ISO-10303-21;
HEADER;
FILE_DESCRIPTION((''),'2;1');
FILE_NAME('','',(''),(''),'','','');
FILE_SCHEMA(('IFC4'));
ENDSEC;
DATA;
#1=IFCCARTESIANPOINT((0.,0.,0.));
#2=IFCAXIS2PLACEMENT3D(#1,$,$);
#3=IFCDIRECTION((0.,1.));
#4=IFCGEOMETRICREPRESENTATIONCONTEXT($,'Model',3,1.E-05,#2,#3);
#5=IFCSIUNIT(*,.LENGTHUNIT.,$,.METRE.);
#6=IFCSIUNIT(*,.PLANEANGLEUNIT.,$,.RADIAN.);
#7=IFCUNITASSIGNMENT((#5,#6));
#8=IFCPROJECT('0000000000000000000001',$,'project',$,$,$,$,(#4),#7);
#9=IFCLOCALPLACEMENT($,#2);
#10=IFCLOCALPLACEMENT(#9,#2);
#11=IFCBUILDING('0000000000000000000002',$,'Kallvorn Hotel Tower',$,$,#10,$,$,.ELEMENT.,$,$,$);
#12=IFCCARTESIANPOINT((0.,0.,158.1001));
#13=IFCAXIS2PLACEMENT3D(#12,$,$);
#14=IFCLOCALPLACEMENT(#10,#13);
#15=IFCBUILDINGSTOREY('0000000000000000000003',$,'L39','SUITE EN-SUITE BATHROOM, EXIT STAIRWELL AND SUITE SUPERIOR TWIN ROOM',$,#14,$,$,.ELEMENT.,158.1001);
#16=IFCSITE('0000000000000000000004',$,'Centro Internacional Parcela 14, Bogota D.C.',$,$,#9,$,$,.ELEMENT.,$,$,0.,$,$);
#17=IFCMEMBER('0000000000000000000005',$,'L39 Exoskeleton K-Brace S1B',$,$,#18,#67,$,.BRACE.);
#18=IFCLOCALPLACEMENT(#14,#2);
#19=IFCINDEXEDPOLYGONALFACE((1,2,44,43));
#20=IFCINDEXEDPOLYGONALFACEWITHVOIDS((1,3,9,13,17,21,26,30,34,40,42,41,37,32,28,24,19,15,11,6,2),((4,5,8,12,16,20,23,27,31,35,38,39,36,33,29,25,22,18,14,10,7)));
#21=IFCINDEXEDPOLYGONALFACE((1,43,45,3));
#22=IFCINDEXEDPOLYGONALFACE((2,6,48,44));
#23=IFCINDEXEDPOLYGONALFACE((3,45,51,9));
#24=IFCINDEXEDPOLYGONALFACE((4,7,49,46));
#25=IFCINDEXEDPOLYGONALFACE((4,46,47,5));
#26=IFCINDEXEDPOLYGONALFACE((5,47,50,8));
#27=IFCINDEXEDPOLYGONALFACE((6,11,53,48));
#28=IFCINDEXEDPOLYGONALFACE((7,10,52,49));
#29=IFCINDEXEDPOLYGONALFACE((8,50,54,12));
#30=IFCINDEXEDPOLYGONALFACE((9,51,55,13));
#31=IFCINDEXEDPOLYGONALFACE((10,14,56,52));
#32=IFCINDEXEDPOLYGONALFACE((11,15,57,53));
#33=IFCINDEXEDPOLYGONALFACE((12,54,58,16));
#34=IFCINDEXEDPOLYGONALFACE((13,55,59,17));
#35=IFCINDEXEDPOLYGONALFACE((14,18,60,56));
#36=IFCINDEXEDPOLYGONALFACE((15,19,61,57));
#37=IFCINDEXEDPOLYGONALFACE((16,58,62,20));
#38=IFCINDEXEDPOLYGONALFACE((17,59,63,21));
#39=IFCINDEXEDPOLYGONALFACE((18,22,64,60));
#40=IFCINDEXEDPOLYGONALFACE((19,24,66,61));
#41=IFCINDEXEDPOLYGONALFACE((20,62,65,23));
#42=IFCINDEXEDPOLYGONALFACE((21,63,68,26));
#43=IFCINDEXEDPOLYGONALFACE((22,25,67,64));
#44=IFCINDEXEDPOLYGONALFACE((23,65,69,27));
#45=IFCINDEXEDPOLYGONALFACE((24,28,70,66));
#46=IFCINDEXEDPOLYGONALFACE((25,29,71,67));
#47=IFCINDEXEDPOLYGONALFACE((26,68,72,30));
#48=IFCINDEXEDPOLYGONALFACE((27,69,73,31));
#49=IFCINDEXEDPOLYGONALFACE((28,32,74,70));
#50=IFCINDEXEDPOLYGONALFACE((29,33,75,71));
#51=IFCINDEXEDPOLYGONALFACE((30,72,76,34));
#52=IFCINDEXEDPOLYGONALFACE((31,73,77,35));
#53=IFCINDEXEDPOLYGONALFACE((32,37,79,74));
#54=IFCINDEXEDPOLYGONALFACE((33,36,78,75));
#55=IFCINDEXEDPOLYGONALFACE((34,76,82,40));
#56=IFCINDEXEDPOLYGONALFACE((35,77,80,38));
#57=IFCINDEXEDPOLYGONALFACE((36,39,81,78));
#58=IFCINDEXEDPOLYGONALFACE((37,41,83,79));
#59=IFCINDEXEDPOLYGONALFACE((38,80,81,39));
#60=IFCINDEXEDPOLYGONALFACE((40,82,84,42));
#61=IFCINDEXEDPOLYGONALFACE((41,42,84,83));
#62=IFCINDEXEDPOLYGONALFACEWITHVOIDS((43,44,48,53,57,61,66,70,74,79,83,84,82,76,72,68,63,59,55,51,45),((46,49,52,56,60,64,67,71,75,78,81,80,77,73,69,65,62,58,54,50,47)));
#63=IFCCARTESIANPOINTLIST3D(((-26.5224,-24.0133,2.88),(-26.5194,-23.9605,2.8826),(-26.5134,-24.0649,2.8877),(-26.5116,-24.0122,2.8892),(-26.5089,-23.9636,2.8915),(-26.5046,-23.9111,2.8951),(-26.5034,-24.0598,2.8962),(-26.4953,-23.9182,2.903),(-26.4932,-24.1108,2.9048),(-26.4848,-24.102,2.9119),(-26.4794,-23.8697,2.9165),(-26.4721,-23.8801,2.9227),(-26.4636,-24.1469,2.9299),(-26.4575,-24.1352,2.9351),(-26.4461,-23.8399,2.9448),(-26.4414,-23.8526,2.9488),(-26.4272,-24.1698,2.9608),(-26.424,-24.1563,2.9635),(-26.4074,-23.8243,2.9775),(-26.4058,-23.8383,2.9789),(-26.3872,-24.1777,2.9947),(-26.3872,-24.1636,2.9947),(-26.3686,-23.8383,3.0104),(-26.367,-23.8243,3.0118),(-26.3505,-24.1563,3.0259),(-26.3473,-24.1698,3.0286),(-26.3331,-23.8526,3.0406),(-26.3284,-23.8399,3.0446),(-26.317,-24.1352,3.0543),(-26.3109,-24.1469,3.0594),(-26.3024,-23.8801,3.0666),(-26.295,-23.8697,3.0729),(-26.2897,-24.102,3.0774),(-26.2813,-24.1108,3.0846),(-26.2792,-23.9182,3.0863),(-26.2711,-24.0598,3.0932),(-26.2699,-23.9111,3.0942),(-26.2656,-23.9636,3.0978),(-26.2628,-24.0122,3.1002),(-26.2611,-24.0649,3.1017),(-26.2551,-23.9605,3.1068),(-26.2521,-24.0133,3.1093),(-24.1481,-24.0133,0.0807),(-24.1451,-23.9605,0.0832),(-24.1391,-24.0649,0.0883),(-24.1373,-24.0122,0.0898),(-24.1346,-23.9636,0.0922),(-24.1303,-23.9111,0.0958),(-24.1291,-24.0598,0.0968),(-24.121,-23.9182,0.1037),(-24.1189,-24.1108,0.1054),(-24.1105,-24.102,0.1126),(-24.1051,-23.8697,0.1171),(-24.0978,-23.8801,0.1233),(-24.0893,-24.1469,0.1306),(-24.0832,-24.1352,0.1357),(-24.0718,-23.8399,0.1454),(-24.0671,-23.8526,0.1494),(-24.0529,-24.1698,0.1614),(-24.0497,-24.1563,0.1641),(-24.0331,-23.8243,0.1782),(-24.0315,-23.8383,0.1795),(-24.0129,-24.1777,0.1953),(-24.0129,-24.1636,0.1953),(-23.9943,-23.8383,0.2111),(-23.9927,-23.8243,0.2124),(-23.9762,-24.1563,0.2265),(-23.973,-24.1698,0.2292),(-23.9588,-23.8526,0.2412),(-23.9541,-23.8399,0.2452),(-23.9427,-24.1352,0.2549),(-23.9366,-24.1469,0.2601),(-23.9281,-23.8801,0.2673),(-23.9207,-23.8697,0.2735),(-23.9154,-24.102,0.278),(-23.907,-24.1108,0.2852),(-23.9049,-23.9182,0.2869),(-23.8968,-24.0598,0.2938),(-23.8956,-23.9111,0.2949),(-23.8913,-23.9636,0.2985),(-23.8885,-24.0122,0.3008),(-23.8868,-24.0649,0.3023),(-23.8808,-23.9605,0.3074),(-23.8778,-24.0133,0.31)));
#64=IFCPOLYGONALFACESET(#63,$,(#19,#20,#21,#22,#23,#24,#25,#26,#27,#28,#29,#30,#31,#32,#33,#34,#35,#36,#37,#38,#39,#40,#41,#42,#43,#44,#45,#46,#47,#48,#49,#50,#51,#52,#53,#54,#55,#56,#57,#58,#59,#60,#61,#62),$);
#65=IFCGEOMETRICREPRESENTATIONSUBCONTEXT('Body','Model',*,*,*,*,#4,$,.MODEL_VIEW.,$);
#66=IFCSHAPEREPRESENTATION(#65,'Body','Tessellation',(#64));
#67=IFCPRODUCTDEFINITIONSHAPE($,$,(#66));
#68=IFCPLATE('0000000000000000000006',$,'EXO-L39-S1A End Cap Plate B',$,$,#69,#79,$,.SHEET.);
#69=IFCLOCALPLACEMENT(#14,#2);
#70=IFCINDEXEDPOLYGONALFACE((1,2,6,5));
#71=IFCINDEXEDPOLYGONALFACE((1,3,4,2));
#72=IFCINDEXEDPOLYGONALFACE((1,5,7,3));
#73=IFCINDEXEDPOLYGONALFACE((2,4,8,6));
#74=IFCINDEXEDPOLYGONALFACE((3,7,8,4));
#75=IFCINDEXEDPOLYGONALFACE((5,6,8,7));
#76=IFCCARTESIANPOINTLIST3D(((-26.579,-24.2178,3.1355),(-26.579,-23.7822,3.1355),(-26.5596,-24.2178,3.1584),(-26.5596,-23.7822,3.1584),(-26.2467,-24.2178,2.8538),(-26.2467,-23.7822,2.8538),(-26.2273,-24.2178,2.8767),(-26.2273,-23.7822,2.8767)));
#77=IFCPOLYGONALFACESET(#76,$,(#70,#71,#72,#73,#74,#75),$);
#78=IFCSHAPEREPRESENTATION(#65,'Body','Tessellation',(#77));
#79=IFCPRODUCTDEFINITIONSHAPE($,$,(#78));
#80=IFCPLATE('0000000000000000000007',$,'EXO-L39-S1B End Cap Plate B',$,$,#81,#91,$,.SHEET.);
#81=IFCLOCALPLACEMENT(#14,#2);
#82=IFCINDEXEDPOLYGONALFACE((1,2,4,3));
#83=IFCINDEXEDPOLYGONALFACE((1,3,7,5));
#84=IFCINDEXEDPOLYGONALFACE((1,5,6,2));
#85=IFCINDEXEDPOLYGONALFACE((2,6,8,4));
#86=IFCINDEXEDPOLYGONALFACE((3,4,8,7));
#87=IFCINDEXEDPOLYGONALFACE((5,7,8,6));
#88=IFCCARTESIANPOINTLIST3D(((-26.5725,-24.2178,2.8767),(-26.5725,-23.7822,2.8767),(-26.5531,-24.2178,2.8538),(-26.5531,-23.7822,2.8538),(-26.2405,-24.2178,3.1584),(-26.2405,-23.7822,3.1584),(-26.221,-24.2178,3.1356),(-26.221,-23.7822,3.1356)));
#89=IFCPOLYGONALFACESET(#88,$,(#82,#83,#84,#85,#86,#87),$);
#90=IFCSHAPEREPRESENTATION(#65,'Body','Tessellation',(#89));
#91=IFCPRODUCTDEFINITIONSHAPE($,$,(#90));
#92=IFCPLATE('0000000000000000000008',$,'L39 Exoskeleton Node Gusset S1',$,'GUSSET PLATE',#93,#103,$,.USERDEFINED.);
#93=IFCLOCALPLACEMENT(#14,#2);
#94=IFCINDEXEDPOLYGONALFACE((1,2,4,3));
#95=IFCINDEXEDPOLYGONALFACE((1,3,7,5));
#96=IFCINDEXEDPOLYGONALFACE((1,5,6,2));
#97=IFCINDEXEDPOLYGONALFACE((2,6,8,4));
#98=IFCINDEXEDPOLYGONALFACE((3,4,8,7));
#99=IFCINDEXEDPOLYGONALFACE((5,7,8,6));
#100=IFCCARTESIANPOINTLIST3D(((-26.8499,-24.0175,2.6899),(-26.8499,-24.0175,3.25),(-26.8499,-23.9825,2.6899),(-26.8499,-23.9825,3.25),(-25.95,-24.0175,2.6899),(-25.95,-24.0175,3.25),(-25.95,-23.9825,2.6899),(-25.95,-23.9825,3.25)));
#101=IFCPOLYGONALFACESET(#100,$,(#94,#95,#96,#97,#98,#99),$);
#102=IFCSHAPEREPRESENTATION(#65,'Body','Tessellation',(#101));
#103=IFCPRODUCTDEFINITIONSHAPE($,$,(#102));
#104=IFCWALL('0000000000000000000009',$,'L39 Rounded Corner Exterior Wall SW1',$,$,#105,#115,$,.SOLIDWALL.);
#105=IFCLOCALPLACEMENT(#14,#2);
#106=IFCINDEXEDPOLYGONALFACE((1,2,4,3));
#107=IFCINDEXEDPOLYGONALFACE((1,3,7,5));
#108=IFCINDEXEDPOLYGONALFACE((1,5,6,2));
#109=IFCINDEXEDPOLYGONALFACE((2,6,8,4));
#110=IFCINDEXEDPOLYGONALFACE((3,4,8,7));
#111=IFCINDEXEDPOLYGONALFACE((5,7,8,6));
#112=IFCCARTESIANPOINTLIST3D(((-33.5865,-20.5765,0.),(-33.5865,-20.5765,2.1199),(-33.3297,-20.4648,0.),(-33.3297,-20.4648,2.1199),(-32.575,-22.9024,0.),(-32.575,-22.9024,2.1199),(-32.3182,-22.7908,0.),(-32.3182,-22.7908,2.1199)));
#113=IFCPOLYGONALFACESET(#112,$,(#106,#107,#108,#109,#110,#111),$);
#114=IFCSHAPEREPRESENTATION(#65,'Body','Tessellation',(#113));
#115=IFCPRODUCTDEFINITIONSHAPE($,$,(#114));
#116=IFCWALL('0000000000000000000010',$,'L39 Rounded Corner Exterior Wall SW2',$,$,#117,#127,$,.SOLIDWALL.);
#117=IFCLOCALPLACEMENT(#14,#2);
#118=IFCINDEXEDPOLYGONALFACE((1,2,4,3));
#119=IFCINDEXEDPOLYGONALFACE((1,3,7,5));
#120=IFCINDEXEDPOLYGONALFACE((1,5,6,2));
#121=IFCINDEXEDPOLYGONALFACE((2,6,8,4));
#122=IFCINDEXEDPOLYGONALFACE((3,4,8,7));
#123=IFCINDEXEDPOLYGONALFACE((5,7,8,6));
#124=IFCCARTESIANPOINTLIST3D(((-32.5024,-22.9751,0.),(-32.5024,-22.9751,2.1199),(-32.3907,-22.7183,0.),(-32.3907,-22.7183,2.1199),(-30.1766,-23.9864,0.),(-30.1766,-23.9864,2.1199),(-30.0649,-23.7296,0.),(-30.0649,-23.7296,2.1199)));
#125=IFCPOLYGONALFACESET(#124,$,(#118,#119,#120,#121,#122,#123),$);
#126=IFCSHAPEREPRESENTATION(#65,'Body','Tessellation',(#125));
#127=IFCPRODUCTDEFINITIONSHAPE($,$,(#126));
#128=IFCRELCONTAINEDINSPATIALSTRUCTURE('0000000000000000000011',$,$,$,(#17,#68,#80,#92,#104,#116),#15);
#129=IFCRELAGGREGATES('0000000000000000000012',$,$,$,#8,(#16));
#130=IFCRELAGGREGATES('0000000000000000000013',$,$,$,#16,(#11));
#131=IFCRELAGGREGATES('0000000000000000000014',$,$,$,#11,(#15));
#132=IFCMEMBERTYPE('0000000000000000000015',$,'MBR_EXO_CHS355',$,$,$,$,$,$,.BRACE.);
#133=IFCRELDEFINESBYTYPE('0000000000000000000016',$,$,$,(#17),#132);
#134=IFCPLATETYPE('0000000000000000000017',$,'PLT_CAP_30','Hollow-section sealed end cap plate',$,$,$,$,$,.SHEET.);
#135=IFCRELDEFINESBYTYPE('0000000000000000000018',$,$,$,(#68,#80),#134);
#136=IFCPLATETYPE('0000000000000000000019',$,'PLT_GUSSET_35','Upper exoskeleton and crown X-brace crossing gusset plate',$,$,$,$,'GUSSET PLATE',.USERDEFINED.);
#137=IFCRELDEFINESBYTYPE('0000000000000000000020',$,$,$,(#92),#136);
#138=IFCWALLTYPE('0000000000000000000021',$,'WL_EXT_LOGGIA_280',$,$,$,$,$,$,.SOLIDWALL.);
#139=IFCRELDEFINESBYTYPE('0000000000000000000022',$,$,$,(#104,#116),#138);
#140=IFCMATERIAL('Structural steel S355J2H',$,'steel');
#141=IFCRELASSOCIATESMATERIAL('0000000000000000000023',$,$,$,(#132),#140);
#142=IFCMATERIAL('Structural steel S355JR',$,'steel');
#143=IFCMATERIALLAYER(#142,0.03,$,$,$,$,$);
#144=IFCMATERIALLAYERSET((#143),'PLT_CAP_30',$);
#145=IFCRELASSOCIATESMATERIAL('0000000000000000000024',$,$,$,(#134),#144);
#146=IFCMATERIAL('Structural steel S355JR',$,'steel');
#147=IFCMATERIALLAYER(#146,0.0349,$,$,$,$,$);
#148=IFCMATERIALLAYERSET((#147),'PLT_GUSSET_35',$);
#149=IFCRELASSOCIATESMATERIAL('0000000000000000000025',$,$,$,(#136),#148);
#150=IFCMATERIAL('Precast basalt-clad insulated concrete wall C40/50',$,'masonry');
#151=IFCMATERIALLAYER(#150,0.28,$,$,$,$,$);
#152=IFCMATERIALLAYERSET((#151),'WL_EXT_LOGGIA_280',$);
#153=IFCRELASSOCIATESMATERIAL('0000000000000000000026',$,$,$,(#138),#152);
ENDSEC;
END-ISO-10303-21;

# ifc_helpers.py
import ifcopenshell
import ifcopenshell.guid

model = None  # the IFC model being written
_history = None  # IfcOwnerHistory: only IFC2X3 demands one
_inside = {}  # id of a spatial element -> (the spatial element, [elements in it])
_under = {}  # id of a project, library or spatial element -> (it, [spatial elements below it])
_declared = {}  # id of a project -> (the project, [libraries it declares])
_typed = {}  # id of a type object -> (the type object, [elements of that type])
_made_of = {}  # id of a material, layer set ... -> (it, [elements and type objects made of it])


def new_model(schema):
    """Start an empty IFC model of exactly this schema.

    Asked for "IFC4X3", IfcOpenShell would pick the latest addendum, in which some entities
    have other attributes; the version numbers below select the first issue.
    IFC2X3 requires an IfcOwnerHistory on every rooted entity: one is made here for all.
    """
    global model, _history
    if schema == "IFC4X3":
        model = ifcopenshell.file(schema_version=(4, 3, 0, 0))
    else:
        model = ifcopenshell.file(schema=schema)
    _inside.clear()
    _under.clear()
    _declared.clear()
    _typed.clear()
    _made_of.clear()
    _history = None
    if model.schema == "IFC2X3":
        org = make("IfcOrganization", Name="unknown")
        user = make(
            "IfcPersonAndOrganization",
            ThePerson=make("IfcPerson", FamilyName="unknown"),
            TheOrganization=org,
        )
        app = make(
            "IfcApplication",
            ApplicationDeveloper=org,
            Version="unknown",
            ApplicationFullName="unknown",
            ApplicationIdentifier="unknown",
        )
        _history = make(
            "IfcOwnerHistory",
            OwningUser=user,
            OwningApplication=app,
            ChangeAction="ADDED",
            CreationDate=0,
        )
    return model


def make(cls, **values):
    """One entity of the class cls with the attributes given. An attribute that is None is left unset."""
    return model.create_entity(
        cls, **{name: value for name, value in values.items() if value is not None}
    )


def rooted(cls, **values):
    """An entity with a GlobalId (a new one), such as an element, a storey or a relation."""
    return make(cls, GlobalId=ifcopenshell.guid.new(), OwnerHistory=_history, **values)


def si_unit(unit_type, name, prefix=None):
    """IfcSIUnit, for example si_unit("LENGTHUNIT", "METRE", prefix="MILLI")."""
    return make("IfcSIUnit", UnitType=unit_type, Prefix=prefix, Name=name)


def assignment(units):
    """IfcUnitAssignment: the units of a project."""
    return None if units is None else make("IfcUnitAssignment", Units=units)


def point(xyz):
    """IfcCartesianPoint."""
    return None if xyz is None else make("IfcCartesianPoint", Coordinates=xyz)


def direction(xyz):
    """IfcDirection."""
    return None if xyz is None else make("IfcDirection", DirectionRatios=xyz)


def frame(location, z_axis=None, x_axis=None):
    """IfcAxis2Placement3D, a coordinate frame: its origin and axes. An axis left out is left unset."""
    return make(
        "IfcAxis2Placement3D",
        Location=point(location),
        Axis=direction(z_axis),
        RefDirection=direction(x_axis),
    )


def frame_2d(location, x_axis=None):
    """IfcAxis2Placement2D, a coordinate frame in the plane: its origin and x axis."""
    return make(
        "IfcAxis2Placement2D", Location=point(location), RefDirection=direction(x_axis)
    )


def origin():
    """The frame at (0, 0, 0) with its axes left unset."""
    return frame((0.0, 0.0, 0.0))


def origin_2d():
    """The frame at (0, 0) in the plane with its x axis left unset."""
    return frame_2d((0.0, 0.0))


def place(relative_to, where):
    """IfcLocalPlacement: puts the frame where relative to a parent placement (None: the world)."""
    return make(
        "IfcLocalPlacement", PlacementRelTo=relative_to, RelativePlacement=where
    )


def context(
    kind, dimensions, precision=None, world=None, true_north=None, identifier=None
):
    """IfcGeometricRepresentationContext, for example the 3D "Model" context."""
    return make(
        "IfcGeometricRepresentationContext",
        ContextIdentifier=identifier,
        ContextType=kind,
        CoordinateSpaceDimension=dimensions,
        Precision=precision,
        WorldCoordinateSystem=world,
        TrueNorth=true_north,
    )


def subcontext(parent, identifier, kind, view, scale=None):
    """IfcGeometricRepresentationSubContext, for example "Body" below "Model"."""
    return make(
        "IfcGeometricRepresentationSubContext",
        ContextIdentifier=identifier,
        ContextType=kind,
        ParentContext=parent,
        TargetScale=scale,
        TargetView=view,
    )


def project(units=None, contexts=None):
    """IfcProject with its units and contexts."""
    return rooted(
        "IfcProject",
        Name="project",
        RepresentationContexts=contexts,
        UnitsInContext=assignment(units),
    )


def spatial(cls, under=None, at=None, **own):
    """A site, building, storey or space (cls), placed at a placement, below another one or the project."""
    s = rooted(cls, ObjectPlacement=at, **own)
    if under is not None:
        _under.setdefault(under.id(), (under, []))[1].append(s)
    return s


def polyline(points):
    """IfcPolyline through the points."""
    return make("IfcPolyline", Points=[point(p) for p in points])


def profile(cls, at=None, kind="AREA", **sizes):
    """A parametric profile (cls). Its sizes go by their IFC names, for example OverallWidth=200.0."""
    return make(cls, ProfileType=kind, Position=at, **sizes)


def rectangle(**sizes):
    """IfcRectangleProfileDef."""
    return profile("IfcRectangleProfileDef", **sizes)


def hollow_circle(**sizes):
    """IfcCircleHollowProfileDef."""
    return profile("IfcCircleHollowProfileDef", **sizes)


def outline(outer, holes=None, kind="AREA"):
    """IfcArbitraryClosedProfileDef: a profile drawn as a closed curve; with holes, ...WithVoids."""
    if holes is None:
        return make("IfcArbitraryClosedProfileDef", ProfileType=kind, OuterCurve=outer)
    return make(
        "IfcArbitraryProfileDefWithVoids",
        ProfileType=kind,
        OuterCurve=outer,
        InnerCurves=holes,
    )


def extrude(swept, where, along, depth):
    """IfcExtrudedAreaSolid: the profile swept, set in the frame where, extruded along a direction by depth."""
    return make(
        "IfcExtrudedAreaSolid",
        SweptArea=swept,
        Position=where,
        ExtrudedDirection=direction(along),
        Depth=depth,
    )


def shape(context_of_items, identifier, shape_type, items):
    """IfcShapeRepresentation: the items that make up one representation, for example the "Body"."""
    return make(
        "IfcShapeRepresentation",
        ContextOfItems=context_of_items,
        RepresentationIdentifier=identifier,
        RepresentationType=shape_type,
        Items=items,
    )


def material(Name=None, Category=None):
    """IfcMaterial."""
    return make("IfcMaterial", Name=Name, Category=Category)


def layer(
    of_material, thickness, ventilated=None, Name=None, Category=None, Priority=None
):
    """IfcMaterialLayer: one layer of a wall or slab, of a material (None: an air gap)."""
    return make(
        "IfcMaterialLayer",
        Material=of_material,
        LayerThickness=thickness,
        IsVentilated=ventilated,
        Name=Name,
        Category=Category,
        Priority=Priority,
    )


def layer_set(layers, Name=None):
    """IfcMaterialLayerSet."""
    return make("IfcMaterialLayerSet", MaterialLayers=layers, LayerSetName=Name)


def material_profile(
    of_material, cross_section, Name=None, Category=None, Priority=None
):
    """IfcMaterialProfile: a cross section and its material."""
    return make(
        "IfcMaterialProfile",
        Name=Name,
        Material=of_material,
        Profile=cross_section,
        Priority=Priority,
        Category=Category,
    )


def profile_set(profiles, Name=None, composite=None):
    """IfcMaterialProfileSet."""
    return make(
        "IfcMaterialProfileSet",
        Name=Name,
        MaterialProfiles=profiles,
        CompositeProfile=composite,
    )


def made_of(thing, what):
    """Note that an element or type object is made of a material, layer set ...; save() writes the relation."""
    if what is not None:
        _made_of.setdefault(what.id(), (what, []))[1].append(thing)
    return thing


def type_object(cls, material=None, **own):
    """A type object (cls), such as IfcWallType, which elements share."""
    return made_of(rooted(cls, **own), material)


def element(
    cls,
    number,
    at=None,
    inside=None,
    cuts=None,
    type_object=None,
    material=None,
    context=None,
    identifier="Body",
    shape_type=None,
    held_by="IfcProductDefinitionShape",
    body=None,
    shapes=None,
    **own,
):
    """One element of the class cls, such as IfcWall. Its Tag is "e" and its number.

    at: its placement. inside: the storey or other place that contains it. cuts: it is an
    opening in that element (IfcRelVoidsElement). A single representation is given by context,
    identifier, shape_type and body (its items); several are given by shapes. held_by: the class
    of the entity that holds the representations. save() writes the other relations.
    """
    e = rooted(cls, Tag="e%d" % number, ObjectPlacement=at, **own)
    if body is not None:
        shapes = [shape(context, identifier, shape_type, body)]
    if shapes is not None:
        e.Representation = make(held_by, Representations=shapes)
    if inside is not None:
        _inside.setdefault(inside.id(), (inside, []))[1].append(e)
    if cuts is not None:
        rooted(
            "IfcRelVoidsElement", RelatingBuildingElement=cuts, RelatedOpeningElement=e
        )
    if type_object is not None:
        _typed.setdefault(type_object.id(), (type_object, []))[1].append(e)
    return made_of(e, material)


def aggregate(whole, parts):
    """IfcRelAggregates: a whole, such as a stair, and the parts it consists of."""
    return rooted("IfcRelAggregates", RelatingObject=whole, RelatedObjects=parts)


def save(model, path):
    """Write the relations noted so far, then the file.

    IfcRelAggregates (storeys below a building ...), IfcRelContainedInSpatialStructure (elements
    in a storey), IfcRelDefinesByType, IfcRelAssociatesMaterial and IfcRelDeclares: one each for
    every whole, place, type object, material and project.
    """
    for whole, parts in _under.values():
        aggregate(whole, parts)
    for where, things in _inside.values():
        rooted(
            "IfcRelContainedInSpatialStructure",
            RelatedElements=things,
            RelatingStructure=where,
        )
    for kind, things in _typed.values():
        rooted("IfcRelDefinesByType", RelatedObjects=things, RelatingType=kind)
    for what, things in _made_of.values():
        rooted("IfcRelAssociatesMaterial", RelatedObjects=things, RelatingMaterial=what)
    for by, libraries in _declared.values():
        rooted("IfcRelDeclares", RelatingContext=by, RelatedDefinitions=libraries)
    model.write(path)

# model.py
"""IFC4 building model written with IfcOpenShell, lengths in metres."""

from ifc_helpers import new_model, si_unit, direction, frame, frame_2d, origin, origin_2d, place, context, subcontext, project, spatial, polyline, rectangle, hollow_circle, outline, extrude, material, layer, layer_set, material_profile, profile_set, type_object, element, save


model = new_model("IFC4")

# Units and contexts
model_context = context("Model", 3, precision=1e-05, world=origin(), true_north=direction((0.0, 1.0)))
body_context = subcontext(model_context, "Body", "Model", "MODEL_VIEW")
ifc_project = project(units=[si_unit("LENGTHUNIT", "METRE"), si_unit("PLANEANGLEUNIT", "RADIAN")], contexts=[model_context])

# Site, building, storey
site_placement = place(None, origin())
site = spatial("IfcSite", under=ifc_project, at=site_placement, Name="Centro Internacional Parcela 14, Bogota D.C.", CompositionType="ELEMENT", RefElevation=0.0)
building_placement = place(site_placement, origin())
building = spatial("IfcBuilding", under=site, at=building_placement, Name="Kallvorn Hotel Tower", CompositionType="ELEMENT")
storey_placement = place(building_placement, frame((0.0, 0.0, 158.1001)))
storey = spatial("IfcBuildingStorey", under=building, at=storey_placement, Name="L39", Description="SUITE EN-SUITE BATHROOM, EXIT STAIRWELL AND SUITE SUPERIOR TWIN ROOM", CompositionType="ELEMENT", Elevation=158.1001)

# Member
ifc_material_1 = material(Name="Structural steel S355J2H", Category="steel")
ifc_material_profile_1 = material_profile(ifc_material_1, hollow_circle(Radius=0.1777, WallThickness=0.0142, at=origin_2d()), Name="CHS 355.6x14.2")
ifc_profile_set_1 = profile_set([ifc_material_profile_1], Name="Structural steel S355J2H")
member_type = type_object("IfcMemberType", Name="MBR_EXO_CHS355", PredefinedType="BRACE", material=ifc_profile_set_1)
for number, where, z_axis, x_axis, name in (
    (1, (-24.0129, -24.0, 0.1953), (-0.646833, 0.0, 0.762631), (0.0, -1.0, 0.0), "L39 Exoskeleton K-Brace S1B"),
):
    element("IfcMember", number, at=place(storey_placement, frame(where, z_axis=z_axis, x_axis=x_axis)), inside=storey, type_object=member_type, Name=name, PredefinedType="BRACE", context=body_context, shape_type="SweptSolid", body=[
        extrude(hollow_circle(Radius=0.1777, WallThickness=0.0142, at=origin_2d()), origin(), (0.0, 0.0, 1.0), 3.6707),
    ])

# Plates
ifc_material_2 = material(Name="Structural steel S355JR", Category="steel")
ifc_layer_1 = layer(ifc_material_2, 0.03)
ifc_layer_set_1 = layer_set([ifc_layer_1], Name="PLT_CAP_30")
plate_type_1 = type_object("IfcPlateType", Name="PLT_CAP_30", Description="Hollow-section sealed end cap plate", PredefinedType="SHEET", material=ifc_layer_set_1)
plate_1_placement = place(storey_placement, frame((-26.2273, -24.2178, 2.8767), z_axis=(0.646721, 0.0, 0.762727), x_axis=(0.0, 1.0, 0.0)))
element("IfcPlate", 2, at=plate_1_placement, inside=storey, type_object=plate_type_1, Name="EXO-L39-S1A End Cap Plate B", PredefinedType="SHEET", context=body_context, shape_type="SweptSolid", body=[
    extrude(outline(polyline([(0.0, 0.0), (0.4355, 0.0), (0.4355, 0.4356), (0.0, 0.4356), (0.0, 0.0)])), origin(), (0.0, 0.0, -1.0), 0.03),
])
plate_2_placement = place(storey_placement, frame((-26.5725, -23.7822, 2.8767), z_axis=(-0.646997, 0.0, 0.762492), x_axis=(0.0, -1.0, 0.0)))
element("IfcPlate", 3, at=plate_2_placement, inside=storey, type_object=plate_type_1, Name="EXO-L39-S1B End Cap Plate B", PredefinedType="SHEET", context=body_context, shape_type="SweptSolid", body=[
    extrude(outline(polyline([(0.0, 0.0), (0.4355, 0.0), (0.4355, 0.4355), (0.0, 0.4355), (0.0, 0.0)])), origin(), (0.0, 0.0, -1.0), 0.03),
])
ifc_material_3 = material(Name="Structural steel S355JR", Category="steel")
ifc_layer_2 = layer(ifc_material_3, 0.0349)
ifc_layer_set_2 = layer_set([ifc_layer_2], Name="PLT_GUSSET_35")
plate_type_2 = type_object("IfcPlateType", Name="PLT_GUSSET_35", Description="Upper exoskeleton and crown X-brace crossing gusset plate", ElementType="GUSSET PLATE", PredefinedType="USERDEFINED", material=ifc_layer_set_2)
plate_3_placement = place(storey_placement, frame((-26.3999, -24.0, 2.6899), z_axis=(0.0, 0.0, 1.0), x_axis=(1.0, 0.0, 0.0)))
element("IfcPlate", 4, at=plate_3_placement, inside=storey, type_object=plate_type_2, Name="L39 Exoskeleton Node Gusset S1", ObjectType="GUSSET PLATE", PredefinedType="USERDEFINED", context=body_context, shape_type="SweptSolid", body=[
    extrude(rectangle(XDim=0.8999, YDim=0.0349, at=origin_2d()), origin(), (0.0, 0.0, 1.0), 0.5601),
])

# Walls
ifc_material_4 = material(Name="Precast basalt-clad insulated concrete wall C40/50", Category="masonry")
ifc_layer_3 = layer(ifc_material_4, 0.28)
ifc_layer_set_3 = layer_set([ifc_layer_3], Name="WL_EXT_LOGGIA_280")
wall_type_1 = type_object("IfcWallType", Name="WL_EXT_LOGGIA_280", PredefinedType="SOLIDWALL", material=ifc_layer_set_3)
wall_1_placement = place(storey_placement, frame((-33.458, -20.5208, 0.0), z_axis=(0.0, 0.0, 1.0), x_axis=(0.398793, -0.917041, 0.0)))
element("IfcWall", 5, at=wall_1_placement, inside=storey, type_object=wall_type_1, Name="L39 Rounded Corner Exterior Wall SW1", PredefinedType="SOLIDWALL", context=body_context, shape_type="SweptSolid", body=[
    extrude(rectangle(XDim=2.5364, YDim=0.28, at=frame_2d((1.2681, 0.0))), origin(), (0.0, 0.0, 1.0), 2.1199),
])
wall_2_placement = place(storey_placement, frame((-32.4465, -22.8467, 0.0), z_axis=(0.0, 0.0, 1.0), x_axis=(0.917061, -0.398747, 0.0)))
element("IfcWall", 6, at=wall_2_placement, inside=storey, type_object=wall_type_1, Name="L39 Rounded Corner Exterior Wall SW2", PredefinedType="SOLIDWALL", context=body_context, shape_type="SweptSolid", body=[
    extrude(rectangle(XDim=2.5361, YDim=0.28, at=frame_2d((1.2681, 0.0))), origin(), (0.0, 0.0, 1.0), 2.1199),
])

save(model, "model.ifc")
